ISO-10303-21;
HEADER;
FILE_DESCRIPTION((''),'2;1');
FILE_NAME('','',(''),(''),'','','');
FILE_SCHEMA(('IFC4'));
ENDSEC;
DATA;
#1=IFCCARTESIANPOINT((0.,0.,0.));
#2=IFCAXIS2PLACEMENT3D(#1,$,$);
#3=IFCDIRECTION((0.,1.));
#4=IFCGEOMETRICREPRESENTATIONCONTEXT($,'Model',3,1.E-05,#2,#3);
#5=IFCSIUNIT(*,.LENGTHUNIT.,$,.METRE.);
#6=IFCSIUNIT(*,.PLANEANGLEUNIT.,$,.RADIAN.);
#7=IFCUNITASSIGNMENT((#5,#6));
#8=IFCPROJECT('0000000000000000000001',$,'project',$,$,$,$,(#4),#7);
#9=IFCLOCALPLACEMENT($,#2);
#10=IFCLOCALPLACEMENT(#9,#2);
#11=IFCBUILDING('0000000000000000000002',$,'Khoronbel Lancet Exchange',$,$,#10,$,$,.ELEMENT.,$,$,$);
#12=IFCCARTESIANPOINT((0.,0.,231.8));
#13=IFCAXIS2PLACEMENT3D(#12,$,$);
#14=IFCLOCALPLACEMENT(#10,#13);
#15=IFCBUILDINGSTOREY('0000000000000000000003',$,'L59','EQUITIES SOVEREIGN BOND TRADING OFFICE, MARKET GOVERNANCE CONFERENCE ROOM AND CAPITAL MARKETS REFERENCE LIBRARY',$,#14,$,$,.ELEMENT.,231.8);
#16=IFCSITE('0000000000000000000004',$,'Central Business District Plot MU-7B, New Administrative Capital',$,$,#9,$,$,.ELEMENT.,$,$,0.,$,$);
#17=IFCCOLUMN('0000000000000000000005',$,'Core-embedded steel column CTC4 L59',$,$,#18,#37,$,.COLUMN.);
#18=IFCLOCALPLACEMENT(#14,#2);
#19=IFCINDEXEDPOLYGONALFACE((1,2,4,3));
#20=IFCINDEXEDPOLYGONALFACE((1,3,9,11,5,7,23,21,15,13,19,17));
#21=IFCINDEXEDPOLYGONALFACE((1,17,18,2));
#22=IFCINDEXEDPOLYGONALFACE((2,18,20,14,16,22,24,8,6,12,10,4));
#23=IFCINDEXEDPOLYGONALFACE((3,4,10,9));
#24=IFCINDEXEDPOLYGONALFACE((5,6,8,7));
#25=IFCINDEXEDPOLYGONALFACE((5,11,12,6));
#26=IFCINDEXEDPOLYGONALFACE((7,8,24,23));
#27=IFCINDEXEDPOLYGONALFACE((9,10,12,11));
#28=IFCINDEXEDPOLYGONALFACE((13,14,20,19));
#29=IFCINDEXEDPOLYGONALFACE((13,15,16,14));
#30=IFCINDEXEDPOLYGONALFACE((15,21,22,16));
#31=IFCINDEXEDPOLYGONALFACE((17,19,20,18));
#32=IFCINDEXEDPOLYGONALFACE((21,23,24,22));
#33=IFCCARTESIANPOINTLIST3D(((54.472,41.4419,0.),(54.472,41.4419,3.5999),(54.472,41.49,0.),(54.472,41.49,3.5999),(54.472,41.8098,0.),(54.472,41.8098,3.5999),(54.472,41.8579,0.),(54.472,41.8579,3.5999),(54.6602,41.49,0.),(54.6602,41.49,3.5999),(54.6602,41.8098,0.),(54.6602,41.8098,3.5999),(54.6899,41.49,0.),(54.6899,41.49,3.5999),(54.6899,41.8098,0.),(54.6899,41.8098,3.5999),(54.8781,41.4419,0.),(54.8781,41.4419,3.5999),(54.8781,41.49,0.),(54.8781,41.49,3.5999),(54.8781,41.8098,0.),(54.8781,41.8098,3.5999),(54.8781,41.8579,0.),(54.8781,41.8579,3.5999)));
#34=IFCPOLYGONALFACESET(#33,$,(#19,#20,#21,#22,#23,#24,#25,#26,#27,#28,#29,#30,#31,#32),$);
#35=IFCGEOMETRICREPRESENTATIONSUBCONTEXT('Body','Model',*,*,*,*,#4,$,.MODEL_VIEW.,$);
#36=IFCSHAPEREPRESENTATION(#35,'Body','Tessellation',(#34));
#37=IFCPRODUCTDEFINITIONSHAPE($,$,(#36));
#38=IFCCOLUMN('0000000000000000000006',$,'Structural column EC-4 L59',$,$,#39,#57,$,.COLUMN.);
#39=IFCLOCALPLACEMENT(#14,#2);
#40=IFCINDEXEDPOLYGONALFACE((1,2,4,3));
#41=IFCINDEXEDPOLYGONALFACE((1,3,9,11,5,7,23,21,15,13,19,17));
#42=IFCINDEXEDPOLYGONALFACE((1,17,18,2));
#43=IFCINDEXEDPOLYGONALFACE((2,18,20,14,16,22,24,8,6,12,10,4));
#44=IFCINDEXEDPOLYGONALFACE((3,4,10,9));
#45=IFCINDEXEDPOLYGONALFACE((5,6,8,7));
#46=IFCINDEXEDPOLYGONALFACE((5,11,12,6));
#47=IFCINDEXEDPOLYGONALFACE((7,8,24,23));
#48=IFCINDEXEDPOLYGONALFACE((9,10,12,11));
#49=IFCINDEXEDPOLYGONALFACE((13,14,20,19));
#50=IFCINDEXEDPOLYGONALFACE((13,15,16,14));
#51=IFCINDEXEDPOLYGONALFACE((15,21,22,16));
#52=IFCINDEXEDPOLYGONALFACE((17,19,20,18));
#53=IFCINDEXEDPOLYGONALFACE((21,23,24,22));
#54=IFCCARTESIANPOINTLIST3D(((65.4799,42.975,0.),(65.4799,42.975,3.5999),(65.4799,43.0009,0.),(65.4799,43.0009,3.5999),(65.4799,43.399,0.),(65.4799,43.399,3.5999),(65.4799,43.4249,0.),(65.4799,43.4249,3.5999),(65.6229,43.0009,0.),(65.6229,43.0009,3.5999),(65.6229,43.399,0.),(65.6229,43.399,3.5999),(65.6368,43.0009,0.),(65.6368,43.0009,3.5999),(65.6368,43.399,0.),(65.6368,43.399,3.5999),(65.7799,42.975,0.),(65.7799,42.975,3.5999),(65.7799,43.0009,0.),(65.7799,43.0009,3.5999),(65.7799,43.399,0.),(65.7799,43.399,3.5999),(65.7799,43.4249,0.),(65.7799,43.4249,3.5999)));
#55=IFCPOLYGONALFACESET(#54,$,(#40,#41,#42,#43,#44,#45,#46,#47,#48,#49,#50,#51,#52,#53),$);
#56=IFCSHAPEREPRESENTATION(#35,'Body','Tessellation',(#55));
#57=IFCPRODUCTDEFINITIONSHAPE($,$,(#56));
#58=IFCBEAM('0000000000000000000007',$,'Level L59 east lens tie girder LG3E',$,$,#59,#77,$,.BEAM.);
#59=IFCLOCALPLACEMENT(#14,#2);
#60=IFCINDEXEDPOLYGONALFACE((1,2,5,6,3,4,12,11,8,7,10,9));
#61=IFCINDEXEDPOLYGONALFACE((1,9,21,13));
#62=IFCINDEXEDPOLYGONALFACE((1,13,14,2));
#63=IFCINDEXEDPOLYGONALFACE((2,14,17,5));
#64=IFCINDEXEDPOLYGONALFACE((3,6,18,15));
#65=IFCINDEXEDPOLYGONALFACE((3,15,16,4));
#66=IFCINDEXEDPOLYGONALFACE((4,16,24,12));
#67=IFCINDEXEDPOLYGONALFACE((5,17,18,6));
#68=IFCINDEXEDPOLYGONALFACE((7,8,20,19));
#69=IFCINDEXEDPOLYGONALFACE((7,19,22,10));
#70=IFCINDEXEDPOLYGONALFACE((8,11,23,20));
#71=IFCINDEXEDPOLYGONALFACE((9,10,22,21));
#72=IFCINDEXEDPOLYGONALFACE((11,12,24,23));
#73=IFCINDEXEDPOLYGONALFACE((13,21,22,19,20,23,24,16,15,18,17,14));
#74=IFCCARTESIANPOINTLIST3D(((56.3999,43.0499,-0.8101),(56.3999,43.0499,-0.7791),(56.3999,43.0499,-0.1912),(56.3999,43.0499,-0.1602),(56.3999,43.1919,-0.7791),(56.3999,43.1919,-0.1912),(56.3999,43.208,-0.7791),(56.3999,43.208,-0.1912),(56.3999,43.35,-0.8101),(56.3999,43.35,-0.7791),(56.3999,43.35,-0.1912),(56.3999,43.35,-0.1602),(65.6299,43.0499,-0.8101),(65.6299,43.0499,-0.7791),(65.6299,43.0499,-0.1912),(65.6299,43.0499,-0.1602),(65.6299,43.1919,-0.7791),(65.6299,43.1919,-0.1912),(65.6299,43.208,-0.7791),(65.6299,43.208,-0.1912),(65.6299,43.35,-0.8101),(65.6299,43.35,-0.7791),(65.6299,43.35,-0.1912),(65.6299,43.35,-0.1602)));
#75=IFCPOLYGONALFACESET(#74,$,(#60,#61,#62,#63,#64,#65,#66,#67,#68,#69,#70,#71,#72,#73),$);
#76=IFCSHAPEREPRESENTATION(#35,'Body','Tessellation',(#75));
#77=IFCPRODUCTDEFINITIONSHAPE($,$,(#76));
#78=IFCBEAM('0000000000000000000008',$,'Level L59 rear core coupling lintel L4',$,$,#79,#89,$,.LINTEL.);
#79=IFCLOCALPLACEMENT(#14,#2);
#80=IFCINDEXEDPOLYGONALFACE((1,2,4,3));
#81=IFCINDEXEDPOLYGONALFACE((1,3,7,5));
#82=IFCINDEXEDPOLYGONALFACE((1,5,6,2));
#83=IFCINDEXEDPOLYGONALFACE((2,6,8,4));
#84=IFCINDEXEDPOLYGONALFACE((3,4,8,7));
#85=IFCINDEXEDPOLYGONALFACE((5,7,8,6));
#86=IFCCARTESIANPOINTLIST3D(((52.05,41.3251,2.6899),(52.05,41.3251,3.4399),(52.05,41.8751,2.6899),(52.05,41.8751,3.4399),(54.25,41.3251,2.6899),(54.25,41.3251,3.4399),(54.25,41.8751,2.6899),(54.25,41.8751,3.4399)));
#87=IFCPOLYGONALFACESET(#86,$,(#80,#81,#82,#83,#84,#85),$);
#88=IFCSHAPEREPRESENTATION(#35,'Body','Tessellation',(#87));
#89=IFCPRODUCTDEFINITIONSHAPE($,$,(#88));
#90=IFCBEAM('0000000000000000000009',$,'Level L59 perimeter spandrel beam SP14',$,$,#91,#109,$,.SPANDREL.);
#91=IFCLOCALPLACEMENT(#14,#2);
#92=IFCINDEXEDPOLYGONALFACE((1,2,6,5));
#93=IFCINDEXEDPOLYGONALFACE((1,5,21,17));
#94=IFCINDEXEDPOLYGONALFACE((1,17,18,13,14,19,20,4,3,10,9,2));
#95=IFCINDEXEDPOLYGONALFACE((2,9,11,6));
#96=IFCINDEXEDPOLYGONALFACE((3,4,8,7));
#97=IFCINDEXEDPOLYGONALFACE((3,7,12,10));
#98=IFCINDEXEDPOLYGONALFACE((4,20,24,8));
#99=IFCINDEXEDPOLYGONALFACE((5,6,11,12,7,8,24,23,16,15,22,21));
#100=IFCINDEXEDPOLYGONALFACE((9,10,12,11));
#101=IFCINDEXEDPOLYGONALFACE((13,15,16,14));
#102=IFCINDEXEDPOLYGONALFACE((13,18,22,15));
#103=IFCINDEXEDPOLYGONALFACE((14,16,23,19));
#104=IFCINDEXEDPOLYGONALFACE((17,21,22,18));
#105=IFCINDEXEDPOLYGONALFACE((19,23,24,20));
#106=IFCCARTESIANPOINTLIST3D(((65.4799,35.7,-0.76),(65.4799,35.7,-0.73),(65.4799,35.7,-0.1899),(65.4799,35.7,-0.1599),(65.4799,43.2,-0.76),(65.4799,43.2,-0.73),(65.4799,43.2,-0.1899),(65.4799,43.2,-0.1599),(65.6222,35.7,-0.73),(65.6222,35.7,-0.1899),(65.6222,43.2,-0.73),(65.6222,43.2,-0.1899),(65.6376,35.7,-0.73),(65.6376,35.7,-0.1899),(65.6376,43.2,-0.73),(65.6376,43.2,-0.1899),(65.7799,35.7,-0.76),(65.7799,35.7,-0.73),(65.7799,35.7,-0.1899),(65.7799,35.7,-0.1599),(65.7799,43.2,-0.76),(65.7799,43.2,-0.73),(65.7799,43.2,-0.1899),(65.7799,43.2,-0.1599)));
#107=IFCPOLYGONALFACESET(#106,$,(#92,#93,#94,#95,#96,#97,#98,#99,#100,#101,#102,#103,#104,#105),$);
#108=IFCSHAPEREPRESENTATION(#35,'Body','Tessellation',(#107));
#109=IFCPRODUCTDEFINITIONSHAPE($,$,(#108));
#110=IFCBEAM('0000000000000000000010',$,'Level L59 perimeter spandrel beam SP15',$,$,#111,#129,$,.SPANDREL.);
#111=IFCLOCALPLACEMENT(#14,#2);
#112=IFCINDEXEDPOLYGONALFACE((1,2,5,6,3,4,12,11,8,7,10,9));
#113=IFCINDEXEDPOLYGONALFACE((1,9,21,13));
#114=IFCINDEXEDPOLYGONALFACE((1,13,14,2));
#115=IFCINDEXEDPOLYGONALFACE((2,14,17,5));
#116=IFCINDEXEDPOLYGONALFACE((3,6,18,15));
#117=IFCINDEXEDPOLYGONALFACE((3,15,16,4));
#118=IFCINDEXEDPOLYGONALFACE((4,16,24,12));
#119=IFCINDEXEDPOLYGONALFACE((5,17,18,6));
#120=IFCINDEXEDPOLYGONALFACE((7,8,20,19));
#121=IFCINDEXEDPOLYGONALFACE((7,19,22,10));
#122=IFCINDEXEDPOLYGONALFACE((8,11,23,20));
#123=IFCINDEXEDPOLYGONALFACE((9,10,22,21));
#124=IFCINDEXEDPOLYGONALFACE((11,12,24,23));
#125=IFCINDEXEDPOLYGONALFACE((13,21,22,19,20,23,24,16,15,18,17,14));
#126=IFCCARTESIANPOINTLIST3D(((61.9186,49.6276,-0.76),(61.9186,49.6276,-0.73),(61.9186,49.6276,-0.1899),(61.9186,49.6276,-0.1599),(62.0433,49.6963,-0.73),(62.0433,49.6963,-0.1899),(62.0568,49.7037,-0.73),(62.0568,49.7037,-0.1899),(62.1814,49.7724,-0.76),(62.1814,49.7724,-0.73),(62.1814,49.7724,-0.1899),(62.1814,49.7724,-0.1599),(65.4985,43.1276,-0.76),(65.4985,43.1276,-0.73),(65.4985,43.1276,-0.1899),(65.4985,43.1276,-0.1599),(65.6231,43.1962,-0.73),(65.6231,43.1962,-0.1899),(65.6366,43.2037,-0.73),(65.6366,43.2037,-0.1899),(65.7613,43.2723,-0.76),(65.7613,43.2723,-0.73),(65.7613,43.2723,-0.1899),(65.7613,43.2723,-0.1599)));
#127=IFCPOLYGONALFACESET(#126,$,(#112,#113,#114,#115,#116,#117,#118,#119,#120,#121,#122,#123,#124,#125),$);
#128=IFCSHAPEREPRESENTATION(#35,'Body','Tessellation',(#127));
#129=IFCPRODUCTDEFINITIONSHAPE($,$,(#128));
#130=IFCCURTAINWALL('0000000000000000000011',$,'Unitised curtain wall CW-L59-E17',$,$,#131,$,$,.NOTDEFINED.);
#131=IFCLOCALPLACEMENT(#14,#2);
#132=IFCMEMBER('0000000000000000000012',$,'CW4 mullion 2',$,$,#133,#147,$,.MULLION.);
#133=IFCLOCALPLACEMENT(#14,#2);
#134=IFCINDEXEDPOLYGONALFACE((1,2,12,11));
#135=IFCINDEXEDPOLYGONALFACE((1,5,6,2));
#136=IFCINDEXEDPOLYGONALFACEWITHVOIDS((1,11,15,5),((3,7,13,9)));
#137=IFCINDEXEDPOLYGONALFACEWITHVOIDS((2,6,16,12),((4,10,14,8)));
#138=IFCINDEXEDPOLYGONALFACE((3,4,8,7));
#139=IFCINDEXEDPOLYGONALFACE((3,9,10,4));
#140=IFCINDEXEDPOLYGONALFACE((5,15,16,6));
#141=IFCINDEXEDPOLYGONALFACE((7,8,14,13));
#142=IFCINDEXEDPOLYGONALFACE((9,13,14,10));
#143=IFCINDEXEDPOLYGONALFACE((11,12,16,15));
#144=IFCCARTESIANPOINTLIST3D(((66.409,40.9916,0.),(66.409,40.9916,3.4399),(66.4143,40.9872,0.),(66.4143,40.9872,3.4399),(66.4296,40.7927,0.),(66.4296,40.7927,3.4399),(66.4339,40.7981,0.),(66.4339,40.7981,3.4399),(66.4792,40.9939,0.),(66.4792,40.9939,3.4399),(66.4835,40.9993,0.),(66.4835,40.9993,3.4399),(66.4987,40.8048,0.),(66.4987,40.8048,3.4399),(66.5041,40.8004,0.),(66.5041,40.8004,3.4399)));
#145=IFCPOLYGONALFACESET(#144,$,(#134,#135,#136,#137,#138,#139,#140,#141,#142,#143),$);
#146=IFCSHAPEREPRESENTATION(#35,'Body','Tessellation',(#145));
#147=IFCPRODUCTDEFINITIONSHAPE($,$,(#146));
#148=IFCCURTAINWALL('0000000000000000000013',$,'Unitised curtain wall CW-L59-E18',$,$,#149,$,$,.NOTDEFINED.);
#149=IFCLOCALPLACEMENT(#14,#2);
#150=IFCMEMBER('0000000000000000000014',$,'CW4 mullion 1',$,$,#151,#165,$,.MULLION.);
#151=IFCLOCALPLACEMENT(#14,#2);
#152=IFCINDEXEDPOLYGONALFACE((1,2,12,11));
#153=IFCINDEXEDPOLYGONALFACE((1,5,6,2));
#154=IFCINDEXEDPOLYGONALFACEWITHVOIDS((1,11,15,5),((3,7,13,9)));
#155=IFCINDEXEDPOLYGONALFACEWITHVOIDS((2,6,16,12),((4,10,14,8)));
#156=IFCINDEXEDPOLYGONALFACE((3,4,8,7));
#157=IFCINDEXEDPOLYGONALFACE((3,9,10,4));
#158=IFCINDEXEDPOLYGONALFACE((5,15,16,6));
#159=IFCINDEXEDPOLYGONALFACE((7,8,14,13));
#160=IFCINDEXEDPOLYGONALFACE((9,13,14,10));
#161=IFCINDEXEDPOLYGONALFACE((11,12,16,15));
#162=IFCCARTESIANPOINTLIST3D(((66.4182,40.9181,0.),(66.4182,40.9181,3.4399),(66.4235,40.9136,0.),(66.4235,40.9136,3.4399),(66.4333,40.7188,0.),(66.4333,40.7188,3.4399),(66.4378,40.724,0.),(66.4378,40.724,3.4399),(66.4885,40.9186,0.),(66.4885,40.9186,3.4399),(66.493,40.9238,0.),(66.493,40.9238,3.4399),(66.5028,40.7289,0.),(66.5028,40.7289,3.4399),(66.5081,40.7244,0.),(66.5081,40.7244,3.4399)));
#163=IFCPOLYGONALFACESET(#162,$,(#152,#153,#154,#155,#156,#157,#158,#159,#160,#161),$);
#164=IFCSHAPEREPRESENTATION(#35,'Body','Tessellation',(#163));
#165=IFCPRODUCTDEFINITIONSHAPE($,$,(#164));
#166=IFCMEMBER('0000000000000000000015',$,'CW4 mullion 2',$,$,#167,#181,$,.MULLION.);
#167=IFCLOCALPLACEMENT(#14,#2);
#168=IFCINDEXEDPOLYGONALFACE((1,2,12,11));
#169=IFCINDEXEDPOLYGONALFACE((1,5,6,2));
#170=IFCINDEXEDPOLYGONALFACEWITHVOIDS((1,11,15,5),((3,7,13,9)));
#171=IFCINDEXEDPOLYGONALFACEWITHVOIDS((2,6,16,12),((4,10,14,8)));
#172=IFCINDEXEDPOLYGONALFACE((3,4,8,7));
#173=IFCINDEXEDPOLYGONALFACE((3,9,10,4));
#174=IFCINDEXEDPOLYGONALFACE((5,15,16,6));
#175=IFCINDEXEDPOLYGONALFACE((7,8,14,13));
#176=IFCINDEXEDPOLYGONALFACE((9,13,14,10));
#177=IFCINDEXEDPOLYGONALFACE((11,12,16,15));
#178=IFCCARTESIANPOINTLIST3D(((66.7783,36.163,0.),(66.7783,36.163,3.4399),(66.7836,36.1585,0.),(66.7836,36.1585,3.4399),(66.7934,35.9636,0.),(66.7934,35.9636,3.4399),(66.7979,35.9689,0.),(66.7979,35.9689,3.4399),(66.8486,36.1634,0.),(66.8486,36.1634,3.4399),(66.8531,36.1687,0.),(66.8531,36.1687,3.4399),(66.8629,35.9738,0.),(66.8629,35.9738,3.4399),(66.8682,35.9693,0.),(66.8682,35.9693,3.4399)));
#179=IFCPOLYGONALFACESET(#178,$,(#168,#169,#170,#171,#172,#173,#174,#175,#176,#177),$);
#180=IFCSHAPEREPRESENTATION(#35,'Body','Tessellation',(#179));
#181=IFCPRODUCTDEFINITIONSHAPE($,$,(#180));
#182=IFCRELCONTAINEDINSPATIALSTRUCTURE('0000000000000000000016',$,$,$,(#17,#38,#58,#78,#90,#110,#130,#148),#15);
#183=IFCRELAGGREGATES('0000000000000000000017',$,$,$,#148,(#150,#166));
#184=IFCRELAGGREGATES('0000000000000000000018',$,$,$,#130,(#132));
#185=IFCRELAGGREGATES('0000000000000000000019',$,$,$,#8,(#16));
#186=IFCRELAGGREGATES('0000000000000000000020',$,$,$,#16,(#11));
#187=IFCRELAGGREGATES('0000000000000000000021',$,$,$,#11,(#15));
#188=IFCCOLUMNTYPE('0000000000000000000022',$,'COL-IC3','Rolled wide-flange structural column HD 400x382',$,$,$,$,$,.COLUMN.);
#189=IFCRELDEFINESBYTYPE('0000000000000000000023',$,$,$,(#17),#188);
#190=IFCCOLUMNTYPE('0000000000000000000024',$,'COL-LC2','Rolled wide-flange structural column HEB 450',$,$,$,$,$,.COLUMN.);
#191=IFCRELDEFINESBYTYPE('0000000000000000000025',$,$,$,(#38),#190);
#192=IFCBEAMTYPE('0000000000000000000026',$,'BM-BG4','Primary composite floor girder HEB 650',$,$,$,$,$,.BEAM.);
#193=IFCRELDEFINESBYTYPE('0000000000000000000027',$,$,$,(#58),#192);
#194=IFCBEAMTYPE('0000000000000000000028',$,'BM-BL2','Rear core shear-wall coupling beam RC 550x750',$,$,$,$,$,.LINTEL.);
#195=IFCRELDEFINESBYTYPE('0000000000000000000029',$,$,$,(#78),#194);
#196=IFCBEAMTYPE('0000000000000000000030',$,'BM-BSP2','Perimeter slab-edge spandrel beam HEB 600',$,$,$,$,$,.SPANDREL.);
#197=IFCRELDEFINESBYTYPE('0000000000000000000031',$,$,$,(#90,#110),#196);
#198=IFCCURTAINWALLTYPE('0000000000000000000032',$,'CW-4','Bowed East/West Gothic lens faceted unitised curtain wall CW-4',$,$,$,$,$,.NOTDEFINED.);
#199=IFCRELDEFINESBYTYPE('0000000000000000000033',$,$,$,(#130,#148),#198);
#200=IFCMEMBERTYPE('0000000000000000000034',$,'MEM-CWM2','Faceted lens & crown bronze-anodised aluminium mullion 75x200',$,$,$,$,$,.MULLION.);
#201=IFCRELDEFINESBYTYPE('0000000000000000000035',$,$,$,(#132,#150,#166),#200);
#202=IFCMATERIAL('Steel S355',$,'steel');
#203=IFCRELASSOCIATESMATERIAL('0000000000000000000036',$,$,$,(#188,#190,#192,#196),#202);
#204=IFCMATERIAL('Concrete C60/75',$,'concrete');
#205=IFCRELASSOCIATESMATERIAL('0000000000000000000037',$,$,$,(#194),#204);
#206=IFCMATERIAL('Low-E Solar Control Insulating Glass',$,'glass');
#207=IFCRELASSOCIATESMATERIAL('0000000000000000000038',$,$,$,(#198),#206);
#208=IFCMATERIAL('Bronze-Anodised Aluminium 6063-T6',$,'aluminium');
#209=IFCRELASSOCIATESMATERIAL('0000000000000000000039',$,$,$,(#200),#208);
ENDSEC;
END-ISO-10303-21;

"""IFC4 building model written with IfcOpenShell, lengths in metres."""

from ifc_helpers import new_model, si_unit, direction, frame, origin, origin_2d, place, context, subcontext, project, spatial, rectangle, hollow_rectangle, i_section, extrude, material, material_profile, profile_set, type_object, element, aggregate, save


model = new_model("IFC4")

# Units and contexts
model_context = context("Model", 3, precision=1e-05, world=origin(), true_north=direction((0.0, 1.0)))
body_context = subcontext(model_context, "Body", "Model", "MODEL_VIEW")
ifc_project = project(units=[si_unit("LENGTHUNIT", "METRE"), si_unit("PLANEANGLEUNIT", "RADIAN")], contexts=[model_context])

# Site, building, storey
site_placement = place(None, origin())
site = spatial("IfcSite", under=ifc_project, at=site_placement, Name="Central Business District Plot MU-7B, New Administrative Capital", CompositionType="ELEMENT", RefElevation=0.0)
building_placement = place(site_placement, origin())
building = spatial("IfcBuilding", under=site, at=building_placement, Name="Khoronbel Lancet Exchange", CompositionType="ELEMENT")
storey_placement = place(building_placement, frame((0.0, 0.0, 231.8)))
storey = spatial("IfcBuildingStorey", under=building, at=storey_placement, Name="L59", Description="EQUITIES SOVEREIGN BOND TRADING OFFICE, MARKET GOVERNANCE CONFERENCE ROOM AND CAPITAL MARKETS REFERENCE LIBRARY", CompositionType="ELEMENT", Elevation=231.8)

# Columns
ifc_material_1 = material(Name="Steel S355", Category="steel")
ifc_material_profile_1 = material_profile(ifc_material_1, i_section(OverallWidth=0.406, OverallDepth=0.416, WebThickness=0.0298, FlangeThickness=0.0481, at=origin_2d()), Name="HD 400x382")
ifc_profile_set_1 = profile_set([ifc_material_profile_1], Name="Steel S355")
column_type_1 = type_object("IfcColumnType", Name="COL-IC3", Description="Rolled wide-flange structural column HD 400x382", PredefinedType="COLUMN", material=ifc_profile_set_1)
column_1_placement = place(storey_placement, frame((54.675, 41.6499, 0.0), z_axis=(0.0, 0.0, 1.0), x_axis=(1.0, 0.0, 0.0)))
element("IfcColumn", 1, at=column_1_placement, inside=storey, type_object=column_type_1, Name="Core-embedded steel column CTC4 L59", PredefinedType="COLUMN", context=body_context, shape_type="SweptSolid", body=[
    extrude(i_section(OverallWidth=0.406, OverallDepth=0.416, WebThickness=0.0298, FlangeThickness=0.0481, at=origin_2d()), origin(), (0.0, 0.0, 1.0), 3.5999),
])
ifc_material_profile_2 = material_profile(ifc_material_1, i_section(OverallWidth=0.3, OverallDepth=0.45, WebThickness=0.0139, FlangeThickness=0.0259, at=origin_2d()), Name="HEB 450")
ifc_profile_set_2 = profile_set([ifc_material_profile_2], Name="Steel S355")
column_type_2 = type_object("IfcColumnType", Name="COL-LC2", Description="Rolled wide-flange structural column HEB 450", PredefinedType="COLUMN", material=ifc_profile_set_2)
column_2_placement = place(storey_placement, frame((65.6299, 43.2, 0.0), z_axis=(0.0, 0.0, 1.0), x_axis=(1.0, 0.0, 0.0)))
element("IfcColumn", 2, at=column_2_placement, inside=storey, type_object=column_type_2, Name="Structural column EC-4 L59", PredefinedType="COLUMN", context=body_context, shape_type="SweptSolid", body=[
    extrude(i_section(OverallWidth=0.3, OverallDepth=0.45, WebThickness=0.0139, FlangeThickness=0.0259, at=origin_2d()), origin(), (0.0, 0.0, 1.0), 3.5999),
])

# Beams
ifc_material_profile_3 = material_profile(ifc_material_1, i_section(OverallWidth=0.3, OverallDepth=0.6499, WebThickness=0.0161, FlangeThickness=0.031, at=origin_2d()), Name="HEB 650")
ifc_profile_set_3 = profile_set([ifc_material_profile_3], Name="Steel S355")
beam_type_1 = type_object("IfcBeamType", Name="BM-BG4", Description="Primary composite floor girder HEB 650", PredefinedType="BEAM", material=ifc_profile_set_3)
beam_1_placement = place(storey_placement, frame((56.3999, 43.2, -0.4851), z_axis=(1.0, 0.0, 0.0), x_axis=(0.0, 1.0, 0.0)))
element("IfcBeam", 3, at=beam_1_placement, inside=storey, type_object=beam_type_1, Name="Level L59 east lens tie girder LG3E", PredefinedType="BEAM", context=body_context, shape_type="SweptSolid", body=[
    extrude(i_section(OverallWidth=0.3, OverallDepth=0.6499, WebThickness=0.0161, FlangeThickness=0.031, at=origin_2d()), origin(), (0.0, 0.0, 1.0), 9.23),
])
ifc_material_2 = material(Name="Concrete C60/75", Category="concrete")
ifc_material_profile_4 = material_profile(ifc_material_2, rectangle(XDim=0.55, YDim=0.75, at=origin_2d()), Name="RC 550x750")
ifc_profile_set_4 = profile_set([ifc_material_profile_4], Name="Concrete C60/75")
beam_type_2 = type_object("IfcBeamType", Name="BM-BL2", Description="Rear core shear-wall coupling beam RC 550x750", PredefinedType="LINTEL", material=ifc_profile_set_4)
beam_2_placement = place(storey_placement, frame((52.05, 41.6001, 3.0649), z_axis=(1.0, 0.0, 0.0), x_axis=(0.0, 1.0, 0.0)))
element("IfcBeam", 4, at=beam_2_placement, inside=storey, type_object=beam_type_2, Name="Level L59 rear core coupling lintel L4", PredefinedType="LINTEL", context=body_context, shape_type="SweptSolid", body=[
    extrude(rectangle(XDim=0.55, YDim=0.75, at=origin_2d()), origin(), (0.0, 0.0, 1.0), 2.2),
])
ifc_material_profile_5 = material_profile(ifc_material_1, i_section(OverallWidth=0.3, OverallDepth=0.6001, WebThickness=0.0154, FlangeThickness=0.03, at=origin_2d()), Name="HEB 600")
ifc_profile_set_5 = profile_set([ifc_material_profile_5], Name="Steel S355")
beam_type_3 = type_object("IfcBeamType", Name="BM-BSP2", Description="Perimeter slab-edge spandrel beam HEB 600", PredefinedType="SPANDREL", material=ifc_profile_set_5)
beam_3_placement = place(storey_placement, frame((65.6299, 35.7, -0.46), z_axis=(0.0, 1.0, 0.0), x_axis=(-1.0, 0.0, 0.0)))
element("IfcBeam", 5, at=beam_3_placement, inside=storey, type_object=beam_type_3, Name="Level L59 perimeter spandrel beam SP14", PredefinedType="SPANDREL", context=body_context, shape_type="SweptSolid", body=[
    extrude(i_section(OverallWidth=0.3, OverallDepth=0.6001, WebThickness=0.0154, FlangeThickness=0.03, at=origin_2d()), origin(), (0.0, 0.0, 1.0), 7.5),
])
beam_4_placement = place(storey_placement, frame((65.6299, 43.2, -0.46), z_axis=(-0.482419, 0.875941, 0.0), x_axis=(-0.875941, -0.482419, 0.0)))
element("IfcBeam", 6, at=beam_4_placement, inside=storey, type_object=beam_type_3, Name="Level L59 perimeter spandrel beam SP15", PredefinedType="SPANDREL", context=body_context, shape_type="SweptSolid", body=[
    extrude(i_section(OverallWidth=0.3, OverallDepth=0.6001, WebThickness=0.0154, FlangeThickness=0.03, at=origin_2d()), origin(), (0.0, 0.0, 1.0), 7.4207),
])

# Curtain wall, member
ifc_material_3 = material(Name="Low-E Solar Control Insulating Glass", Category="glass")
curtain_wall_type = type_object("IfcCurtainWallType", Name="CW-4", Description="Bowed East/West Gothic lens faceted unitised curtain wall CW-4", PredefinedType="NOTDEFINED", material=ifc_material_3)
curtain_wall_1_placement = place(storey_placement, origin())
curtain_wall_1 = element("IfcCurtainWall", 7, at=curtain_wall_1_placement, inside=storey, type_object=curtain_wall_type, Name="Unitised curtain wall CW-L59-E17", PredefinedType="NOTDEFINED")
ifc_material_4 = material(Name="Bronze-Anodised Aluminium 6063-T6", Category="aluminium")
ifc_material_profile_6 = material_profile(ifc_material_4, hollow_rectangle(XDim=0.075, YDim=0.2, WallThickness=0.0049, at=origin_2d()), Name="ALU MULLION 75x200")
ifc_profile_set_6 = profile_set([ifc_material_profile_6], Name="Bronze-Anodised Aluminium 6063-T6")
member_type_1 = type_object("IfcMemberType", Name="MEM-CWM2", Description="Faceted lens & crown bronze-anodised aluminium mullion 75x200", PredefinedType="MULLION", material=ifc_profile_set_6)
member_1_placement = place(storey_placement, frame((66.4565, 40.896, 0.0), z_axis=(0.0, 0.0, 1.0), x_axis=(0.994691, 0.10291, 0.0)))
member_1 = element("IfcMember", 8, at=member_1_placement, type_object=member_type_1, Name="CW4 mullion 2", PredefinedType="MULLION", context=body_context, shape_type="SweptSolid", body=[
    extrude(hollow_rectangle(XDim=0.075, YDim=0.2, WallThickness=0.0049, at=origin_2d()), origin(), (0.0, 0.0, 1.0), 3.4399),
])

# Curtain wall, members
curtain_wall_2_placement = place(storey_placement, origin())
curtain_wall_2 = element("IfcCurtainWall", 9, at=curtain_wall_2_placement, inside=storey, type_object=curtain_wall_type, Name="Unitised curtain wall CW-L59-E18", PredefinedType="NOTDEFINED")
member_2_placement = place(storey_placement, frame((66.4631, 40.8213, 0.0), z_axis=(0.0, 0.0, 1.0), x_axis=(0.997146, 0.075498, 0.0)))
member_2 = element("IfcMember", 10, at=member_2_placement, type_object=member_type_1, Name="CW4 mullion 1", PredefinedType="MULLION", context=body_context, shape_type="SweptSolid", body=[
    extrude(hollow_rectangle(XDim=0.075, YDim=0.2, WallThickness=0.0049, at=origin_2d()), origin(), (0.0, 0.0, 1.0), 3.4399),
])
member_3_placement = place(storey_placement, frame((66.8232, 36.0662, 0.0), z_axis=(0.0, 0.0, 1.0), x_axis=(0.997146, 0.075498, 0.0)))
member_3 = element("IfcMember", 11, at=member_3_placement, type_object=member_type_1, Name="CW4 mullion 2", PredefinedType="MULLION", context=body_context, shape_type="SweptSolid", body=[
    extrude(hollow_rectangle(XDim=0.075, YDim=0.2, WallThickness=0.0049, at=origin_2d()), origin(), (0.0, 0.0, 1.0), 3.4399),
])

aggregate(curtain_wall_2, [member_2, member_3])
aggregate(curtain_wall_1, [member_1])

save(model, "model.ifc")
